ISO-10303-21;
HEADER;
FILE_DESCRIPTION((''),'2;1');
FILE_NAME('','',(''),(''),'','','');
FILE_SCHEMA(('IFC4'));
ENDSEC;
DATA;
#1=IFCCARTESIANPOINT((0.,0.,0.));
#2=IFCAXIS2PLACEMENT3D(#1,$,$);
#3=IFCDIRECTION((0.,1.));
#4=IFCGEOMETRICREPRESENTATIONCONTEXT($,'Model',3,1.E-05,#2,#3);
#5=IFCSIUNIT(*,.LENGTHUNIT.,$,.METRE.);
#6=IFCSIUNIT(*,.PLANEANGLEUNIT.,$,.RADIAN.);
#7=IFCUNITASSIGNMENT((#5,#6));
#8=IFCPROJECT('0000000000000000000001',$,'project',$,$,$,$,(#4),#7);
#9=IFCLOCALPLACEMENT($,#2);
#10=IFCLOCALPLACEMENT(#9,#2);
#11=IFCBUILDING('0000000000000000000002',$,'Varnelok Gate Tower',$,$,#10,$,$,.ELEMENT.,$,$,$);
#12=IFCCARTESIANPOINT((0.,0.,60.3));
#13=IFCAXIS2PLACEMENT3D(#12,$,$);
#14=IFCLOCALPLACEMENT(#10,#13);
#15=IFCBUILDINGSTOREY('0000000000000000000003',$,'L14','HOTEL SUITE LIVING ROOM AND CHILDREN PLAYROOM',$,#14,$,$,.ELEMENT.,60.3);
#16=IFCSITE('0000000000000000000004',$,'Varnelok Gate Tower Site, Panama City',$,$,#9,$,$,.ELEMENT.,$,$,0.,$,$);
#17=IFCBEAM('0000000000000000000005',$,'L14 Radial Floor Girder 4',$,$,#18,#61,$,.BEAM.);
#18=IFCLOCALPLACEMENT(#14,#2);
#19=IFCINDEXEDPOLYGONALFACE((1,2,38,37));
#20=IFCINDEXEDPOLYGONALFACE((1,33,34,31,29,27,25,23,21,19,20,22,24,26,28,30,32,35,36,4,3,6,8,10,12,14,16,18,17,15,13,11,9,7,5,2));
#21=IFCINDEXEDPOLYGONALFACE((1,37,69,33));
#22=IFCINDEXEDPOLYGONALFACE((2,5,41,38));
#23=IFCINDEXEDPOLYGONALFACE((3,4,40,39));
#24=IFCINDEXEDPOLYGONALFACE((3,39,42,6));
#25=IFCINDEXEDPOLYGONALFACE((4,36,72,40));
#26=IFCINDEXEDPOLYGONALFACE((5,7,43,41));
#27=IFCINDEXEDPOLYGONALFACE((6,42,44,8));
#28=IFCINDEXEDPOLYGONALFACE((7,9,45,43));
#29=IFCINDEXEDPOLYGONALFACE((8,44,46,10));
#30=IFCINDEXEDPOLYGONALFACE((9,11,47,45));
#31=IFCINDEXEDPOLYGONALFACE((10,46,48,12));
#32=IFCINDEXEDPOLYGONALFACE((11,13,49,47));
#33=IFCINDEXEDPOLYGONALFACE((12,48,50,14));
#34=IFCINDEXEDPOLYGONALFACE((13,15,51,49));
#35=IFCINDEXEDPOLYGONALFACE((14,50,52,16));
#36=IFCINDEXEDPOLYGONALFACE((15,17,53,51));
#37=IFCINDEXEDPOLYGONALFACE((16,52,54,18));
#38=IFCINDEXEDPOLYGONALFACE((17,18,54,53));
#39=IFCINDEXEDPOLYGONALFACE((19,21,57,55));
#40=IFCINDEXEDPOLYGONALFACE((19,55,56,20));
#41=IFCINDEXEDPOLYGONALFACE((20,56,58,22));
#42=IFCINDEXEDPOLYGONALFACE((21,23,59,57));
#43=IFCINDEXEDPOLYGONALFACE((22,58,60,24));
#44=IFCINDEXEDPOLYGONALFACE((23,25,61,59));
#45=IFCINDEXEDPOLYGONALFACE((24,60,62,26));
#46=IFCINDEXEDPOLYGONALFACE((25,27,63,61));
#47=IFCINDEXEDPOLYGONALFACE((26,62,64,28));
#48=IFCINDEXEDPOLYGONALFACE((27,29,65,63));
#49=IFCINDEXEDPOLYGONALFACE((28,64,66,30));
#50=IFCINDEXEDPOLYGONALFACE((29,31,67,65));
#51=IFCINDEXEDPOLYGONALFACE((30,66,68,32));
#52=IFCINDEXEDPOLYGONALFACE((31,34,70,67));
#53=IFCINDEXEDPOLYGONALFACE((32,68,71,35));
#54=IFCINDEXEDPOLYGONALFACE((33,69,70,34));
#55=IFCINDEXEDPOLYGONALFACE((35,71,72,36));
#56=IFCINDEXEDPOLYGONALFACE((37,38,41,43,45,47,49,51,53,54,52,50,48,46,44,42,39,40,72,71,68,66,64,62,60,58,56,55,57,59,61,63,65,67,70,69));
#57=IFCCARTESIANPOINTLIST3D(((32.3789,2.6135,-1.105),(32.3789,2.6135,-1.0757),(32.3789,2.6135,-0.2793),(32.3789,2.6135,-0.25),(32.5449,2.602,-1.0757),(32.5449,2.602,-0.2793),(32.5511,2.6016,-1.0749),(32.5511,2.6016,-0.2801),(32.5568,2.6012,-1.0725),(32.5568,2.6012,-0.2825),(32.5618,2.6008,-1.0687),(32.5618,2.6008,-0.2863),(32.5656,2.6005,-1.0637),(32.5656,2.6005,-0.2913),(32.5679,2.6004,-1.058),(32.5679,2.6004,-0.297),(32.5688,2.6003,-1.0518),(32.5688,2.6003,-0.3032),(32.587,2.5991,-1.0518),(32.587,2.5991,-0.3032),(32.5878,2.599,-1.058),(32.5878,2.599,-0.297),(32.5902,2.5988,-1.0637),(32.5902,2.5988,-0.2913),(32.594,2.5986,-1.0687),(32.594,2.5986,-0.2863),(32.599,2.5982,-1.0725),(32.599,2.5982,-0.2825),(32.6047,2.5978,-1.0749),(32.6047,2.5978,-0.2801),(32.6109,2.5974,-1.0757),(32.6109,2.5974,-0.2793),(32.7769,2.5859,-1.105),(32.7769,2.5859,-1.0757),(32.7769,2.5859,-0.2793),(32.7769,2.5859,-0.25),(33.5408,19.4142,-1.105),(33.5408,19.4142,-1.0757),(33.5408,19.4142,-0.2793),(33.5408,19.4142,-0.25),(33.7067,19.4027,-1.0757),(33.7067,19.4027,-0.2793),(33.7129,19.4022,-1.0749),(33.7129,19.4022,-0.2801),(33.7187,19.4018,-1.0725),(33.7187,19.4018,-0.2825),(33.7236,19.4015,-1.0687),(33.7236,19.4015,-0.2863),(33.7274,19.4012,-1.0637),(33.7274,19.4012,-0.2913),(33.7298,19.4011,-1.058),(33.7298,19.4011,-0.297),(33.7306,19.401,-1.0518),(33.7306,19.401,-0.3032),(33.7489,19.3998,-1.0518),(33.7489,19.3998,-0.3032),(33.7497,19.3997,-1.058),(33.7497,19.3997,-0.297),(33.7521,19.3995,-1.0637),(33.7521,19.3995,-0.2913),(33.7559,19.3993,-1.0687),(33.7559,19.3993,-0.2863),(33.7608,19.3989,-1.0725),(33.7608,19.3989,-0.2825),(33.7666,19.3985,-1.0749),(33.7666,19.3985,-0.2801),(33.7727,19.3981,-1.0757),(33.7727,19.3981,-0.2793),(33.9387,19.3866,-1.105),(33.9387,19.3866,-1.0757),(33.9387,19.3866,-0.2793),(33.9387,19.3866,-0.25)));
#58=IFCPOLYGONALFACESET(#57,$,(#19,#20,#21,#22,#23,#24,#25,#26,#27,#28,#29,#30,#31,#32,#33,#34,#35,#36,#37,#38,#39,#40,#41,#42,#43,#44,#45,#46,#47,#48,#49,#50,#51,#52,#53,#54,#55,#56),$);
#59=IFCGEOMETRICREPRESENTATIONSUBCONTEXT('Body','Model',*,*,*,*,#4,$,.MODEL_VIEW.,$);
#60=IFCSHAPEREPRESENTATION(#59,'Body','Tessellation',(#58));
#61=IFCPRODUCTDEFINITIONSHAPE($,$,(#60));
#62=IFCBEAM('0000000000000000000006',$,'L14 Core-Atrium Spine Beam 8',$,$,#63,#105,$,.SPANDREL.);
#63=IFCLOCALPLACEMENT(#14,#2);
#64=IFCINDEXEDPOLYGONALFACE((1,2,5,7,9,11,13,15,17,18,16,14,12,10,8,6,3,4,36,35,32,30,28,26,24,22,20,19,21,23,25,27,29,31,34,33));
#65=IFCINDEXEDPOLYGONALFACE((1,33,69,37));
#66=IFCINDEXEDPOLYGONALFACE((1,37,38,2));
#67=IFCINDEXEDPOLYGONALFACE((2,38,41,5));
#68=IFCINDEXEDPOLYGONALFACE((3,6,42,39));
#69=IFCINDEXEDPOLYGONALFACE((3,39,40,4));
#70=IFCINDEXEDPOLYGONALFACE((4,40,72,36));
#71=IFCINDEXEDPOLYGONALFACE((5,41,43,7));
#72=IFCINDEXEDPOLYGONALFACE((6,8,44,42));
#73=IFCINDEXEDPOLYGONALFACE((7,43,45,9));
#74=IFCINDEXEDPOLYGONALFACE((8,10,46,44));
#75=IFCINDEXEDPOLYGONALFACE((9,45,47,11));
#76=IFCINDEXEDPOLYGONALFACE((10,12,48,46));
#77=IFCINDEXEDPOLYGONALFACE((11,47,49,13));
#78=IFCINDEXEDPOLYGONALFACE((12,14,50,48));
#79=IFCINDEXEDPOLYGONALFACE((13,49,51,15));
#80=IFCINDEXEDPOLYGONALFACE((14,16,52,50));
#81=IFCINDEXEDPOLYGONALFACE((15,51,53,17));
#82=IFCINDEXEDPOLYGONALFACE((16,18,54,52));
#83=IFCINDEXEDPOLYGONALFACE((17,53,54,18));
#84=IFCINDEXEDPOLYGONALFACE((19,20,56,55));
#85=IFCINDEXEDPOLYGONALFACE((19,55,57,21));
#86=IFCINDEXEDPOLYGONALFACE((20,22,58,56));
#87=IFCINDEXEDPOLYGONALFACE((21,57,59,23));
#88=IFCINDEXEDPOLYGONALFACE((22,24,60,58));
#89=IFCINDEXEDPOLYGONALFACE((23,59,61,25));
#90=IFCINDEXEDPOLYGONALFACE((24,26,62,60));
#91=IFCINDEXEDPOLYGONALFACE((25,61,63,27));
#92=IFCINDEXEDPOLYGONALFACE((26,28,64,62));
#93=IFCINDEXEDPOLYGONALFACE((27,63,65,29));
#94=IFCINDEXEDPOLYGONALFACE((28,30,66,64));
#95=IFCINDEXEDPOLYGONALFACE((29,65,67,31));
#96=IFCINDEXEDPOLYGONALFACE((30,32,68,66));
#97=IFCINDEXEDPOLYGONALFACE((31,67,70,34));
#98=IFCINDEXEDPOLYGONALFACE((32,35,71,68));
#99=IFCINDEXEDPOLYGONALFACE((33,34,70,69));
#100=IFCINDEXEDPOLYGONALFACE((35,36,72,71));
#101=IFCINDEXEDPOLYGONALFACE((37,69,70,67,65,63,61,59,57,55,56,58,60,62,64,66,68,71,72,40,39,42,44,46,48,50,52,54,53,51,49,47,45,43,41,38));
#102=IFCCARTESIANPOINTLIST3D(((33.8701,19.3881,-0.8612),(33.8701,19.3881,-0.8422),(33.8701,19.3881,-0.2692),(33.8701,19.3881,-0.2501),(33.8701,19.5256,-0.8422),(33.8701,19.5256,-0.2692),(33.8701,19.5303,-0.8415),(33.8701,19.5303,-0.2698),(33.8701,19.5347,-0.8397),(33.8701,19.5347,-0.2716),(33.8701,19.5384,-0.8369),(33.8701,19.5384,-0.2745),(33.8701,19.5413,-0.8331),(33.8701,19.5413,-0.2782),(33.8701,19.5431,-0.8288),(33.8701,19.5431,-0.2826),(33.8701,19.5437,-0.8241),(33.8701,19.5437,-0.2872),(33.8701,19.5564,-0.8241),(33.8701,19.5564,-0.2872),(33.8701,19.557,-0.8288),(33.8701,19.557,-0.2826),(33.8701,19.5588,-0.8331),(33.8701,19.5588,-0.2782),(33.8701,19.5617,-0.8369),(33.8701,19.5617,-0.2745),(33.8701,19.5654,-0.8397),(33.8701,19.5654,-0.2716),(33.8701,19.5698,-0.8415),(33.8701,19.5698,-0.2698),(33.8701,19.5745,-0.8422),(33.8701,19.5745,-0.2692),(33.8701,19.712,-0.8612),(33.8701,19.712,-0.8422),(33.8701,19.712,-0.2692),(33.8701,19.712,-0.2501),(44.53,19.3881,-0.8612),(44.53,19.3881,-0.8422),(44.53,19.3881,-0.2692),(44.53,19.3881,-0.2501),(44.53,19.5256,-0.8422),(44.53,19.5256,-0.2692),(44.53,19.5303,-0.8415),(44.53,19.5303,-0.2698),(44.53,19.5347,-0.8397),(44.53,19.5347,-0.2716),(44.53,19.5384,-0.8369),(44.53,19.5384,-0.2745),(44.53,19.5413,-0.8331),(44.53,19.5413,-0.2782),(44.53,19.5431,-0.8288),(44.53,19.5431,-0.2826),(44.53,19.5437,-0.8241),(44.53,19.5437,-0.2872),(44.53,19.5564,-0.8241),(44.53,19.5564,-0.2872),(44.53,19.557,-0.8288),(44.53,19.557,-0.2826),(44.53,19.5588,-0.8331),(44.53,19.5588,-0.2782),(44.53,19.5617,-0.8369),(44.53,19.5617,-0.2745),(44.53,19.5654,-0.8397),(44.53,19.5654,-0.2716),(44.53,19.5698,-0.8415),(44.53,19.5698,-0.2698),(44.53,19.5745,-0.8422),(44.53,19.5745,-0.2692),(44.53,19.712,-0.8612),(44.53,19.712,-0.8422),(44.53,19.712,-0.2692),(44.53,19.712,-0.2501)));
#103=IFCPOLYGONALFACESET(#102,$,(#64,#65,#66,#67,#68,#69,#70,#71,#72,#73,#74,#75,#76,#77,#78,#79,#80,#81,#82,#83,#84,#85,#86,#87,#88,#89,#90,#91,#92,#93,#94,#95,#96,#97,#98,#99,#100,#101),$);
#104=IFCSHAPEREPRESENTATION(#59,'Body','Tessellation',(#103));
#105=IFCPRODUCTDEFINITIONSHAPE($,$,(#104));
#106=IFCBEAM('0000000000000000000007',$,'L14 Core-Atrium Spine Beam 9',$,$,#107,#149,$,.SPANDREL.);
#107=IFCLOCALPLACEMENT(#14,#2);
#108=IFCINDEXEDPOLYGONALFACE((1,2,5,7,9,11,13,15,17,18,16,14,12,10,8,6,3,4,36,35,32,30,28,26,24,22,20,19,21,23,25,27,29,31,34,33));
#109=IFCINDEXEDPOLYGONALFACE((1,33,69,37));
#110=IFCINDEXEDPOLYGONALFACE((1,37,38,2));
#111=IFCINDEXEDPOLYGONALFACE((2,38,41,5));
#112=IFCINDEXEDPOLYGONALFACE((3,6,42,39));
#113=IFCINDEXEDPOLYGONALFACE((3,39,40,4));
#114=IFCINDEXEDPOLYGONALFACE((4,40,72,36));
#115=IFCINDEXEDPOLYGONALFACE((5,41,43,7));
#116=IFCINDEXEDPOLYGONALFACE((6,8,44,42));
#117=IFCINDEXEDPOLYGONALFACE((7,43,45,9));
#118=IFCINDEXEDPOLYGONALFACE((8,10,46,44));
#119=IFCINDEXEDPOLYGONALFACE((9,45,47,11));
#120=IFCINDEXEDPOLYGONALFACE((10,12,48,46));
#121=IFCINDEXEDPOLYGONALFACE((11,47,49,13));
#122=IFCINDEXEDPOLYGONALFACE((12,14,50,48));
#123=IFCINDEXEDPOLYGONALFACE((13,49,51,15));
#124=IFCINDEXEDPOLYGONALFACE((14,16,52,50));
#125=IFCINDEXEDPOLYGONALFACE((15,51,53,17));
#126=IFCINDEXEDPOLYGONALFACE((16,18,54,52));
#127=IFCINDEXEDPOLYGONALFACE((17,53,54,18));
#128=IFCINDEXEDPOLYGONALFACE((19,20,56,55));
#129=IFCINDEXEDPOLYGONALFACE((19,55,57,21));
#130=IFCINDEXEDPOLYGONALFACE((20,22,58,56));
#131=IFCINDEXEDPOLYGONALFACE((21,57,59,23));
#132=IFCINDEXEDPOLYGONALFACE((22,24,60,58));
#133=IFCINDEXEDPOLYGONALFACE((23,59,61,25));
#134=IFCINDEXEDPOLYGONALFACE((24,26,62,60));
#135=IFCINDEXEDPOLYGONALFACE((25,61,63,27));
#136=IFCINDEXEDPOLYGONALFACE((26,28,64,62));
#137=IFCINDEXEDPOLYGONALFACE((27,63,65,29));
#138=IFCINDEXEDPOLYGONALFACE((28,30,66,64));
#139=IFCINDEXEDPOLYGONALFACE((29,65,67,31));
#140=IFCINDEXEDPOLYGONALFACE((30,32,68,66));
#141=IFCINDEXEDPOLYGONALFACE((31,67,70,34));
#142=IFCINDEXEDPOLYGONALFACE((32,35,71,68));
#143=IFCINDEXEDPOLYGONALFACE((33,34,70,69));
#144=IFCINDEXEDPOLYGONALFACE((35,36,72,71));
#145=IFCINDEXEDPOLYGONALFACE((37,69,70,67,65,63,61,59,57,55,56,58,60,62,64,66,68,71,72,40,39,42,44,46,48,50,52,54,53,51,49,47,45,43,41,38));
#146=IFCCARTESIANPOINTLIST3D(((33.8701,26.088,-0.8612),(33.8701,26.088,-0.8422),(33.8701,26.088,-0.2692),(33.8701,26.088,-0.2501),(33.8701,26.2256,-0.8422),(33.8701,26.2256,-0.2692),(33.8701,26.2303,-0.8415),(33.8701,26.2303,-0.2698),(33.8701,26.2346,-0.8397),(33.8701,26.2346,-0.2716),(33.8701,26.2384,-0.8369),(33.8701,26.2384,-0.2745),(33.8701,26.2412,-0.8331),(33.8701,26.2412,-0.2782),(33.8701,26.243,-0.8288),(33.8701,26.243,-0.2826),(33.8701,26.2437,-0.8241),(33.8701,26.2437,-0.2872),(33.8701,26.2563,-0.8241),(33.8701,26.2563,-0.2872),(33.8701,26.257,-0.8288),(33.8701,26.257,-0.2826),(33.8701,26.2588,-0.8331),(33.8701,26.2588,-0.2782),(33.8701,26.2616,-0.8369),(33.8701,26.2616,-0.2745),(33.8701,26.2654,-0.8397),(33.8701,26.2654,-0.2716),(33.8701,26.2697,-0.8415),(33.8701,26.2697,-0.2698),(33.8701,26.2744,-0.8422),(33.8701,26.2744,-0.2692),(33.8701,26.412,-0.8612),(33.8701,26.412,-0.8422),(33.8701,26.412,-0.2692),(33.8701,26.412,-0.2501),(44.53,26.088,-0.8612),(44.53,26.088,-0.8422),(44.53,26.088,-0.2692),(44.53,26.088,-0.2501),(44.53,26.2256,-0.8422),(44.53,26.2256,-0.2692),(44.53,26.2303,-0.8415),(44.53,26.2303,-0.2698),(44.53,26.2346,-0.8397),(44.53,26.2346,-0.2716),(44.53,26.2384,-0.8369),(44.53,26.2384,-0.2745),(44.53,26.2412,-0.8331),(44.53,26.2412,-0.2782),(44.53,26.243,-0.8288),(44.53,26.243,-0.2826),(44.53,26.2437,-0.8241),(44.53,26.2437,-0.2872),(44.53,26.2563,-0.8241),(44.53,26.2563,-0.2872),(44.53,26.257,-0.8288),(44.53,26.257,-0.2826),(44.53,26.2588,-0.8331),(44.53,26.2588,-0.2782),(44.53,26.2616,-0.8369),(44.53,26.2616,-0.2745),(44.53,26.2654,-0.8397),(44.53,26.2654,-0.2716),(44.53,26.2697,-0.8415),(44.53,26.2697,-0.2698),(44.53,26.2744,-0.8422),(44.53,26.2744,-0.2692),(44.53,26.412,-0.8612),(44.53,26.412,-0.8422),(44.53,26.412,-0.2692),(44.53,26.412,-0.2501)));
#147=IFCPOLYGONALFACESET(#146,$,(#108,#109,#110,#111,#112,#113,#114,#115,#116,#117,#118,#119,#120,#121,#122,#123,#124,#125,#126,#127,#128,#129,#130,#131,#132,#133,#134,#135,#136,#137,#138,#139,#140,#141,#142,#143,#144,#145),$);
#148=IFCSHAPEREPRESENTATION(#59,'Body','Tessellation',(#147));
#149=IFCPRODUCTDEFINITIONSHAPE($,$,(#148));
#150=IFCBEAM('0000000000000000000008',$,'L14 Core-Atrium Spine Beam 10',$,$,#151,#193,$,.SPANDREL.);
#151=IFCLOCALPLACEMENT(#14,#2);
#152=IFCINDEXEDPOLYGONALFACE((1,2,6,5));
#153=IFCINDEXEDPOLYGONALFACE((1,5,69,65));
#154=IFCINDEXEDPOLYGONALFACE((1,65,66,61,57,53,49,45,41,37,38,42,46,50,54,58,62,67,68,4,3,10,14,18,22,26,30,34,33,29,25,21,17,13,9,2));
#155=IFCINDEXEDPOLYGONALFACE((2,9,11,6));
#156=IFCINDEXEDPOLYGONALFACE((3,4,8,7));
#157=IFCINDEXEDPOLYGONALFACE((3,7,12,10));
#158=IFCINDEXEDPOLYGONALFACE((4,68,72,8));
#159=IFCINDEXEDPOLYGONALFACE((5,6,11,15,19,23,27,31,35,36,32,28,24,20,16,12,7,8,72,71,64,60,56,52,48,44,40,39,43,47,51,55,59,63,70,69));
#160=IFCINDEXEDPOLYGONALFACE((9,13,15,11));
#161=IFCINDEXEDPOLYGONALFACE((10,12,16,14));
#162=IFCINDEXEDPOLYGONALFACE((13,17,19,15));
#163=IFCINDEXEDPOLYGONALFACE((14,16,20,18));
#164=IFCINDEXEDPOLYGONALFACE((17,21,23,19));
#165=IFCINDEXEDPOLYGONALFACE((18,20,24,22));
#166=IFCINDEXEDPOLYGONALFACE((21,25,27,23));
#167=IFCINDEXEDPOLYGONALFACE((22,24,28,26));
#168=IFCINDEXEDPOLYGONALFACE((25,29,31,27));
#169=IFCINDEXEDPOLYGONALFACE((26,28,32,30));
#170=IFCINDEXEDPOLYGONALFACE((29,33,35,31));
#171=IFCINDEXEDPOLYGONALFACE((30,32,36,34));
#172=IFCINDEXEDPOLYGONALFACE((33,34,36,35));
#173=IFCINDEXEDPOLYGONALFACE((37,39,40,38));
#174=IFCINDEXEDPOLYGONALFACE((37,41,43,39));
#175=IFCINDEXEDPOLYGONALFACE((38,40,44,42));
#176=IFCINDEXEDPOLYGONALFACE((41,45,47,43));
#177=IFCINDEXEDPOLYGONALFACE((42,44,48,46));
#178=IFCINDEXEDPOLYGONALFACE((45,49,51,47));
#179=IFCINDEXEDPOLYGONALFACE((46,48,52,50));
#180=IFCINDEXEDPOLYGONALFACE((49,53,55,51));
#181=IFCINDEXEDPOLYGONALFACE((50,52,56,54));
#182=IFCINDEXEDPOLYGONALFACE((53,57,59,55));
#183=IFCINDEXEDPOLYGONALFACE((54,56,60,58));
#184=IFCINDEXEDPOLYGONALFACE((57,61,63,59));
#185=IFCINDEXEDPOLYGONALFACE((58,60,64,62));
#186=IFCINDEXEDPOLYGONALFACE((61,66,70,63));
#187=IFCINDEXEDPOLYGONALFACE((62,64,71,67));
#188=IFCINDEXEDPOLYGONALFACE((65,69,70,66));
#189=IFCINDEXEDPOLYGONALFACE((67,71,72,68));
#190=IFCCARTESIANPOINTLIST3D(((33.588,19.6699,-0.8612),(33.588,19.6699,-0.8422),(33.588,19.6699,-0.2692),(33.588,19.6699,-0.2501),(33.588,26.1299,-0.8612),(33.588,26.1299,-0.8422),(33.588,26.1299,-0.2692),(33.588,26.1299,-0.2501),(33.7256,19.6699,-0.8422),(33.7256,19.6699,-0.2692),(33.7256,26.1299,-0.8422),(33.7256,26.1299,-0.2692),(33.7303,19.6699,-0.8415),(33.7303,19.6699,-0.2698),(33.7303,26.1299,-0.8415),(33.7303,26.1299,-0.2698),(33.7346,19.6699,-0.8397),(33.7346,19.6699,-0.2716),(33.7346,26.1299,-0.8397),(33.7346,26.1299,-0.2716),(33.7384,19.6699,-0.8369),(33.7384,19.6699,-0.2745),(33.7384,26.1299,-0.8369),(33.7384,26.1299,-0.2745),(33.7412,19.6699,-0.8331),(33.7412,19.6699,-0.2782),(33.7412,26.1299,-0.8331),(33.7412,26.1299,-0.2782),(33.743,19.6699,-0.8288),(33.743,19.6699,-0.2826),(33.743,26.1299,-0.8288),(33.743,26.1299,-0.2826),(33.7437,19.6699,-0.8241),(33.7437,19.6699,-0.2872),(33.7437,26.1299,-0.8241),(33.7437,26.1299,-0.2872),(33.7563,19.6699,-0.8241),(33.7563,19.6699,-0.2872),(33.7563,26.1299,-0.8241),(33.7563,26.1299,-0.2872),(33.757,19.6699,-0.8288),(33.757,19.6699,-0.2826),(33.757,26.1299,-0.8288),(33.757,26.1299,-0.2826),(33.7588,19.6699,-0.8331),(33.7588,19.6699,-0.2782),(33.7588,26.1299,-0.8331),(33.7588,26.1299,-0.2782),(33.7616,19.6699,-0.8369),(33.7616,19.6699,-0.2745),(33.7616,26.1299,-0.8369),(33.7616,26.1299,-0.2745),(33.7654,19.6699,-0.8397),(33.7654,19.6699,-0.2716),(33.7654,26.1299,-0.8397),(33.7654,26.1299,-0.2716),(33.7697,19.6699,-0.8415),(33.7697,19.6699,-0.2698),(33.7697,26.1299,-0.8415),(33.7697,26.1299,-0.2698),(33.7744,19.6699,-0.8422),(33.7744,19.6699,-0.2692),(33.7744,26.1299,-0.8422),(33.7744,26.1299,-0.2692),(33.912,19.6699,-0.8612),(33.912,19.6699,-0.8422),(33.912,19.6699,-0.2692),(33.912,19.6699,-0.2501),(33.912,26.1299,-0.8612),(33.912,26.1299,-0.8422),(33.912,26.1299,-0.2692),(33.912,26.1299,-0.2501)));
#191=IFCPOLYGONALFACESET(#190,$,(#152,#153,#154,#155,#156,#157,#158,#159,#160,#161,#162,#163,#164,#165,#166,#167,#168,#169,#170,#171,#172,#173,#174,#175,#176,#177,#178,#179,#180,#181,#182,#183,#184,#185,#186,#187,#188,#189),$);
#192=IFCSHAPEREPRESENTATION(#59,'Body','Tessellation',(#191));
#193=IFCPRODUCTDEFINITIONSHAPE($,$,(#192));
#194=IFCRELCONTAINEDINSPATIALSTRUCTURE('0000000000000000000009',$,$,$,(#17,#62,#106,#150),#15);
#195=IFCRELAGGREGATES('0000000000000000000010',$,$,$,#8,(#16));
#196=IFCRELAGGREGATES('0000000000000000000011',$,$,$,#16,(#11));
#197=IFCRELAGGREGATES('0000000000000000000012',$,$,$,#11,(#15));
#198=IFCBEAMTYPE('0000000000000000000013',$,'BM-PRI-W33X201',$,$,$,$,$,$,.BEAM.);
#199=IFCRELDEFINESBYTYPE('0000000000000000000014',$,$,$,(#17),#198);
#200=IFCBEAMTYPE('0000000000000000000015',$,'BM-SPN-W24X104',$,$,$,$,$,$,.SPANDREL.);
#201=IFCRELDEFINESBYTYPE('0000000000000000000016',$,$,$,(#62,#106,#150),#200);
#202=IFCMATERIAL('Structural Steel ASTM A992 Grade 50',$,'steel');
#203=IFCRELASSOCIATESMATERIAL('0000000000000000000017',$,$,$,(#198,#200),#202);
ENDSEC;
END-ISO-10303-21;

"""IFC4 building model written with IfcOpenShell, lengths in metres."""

from ifc_helpers import new_model, si_unit, direction, frame, origin, origin_2d, place, context, subcontext, project, spatial, i_section, extrude, material, material_profile, profile_set, type_object, element, save


model = new_model("IFC4")

# Units and contexts
model_context = context("Model", 3, precision=1e-05, world=origin(), true_north=direction((0.0, 1.0)))
body_context = subcontext(model_context, "Body", "Model", "MODEL_VIEW")
ifc_project = project(units=[si_unit("LENGTHUNIT", "METRE"), si_unit("PLANEANGLEUNIT", "RADIAN")], contexts=[model_context])

# Site, building, storey
site_placement = place(None, origin())
site = spatial("IfcSite", under=ifc_project, at=site_placement, Name="Varnelok Gate Tower Site, Panama City", CompositionType="ELEMENT", RefElevation=0.0)
building_placement = place(site_placement, origin())
building = spatial("IfcBuilding", under=site, at=building_placement, Name="Varnelok Gate Tower", CompositionType="ELEMENT")
storey_placement = place(building_placement, frame((0.0, 0.0, 60.3)))
storey = spatial("IfcBuildingStorey", under=building, at=storey_placement, Name="L14", Description="HOTEL SUITE LIVING ROOM AND CHILDREN PLAYROOM", CompositionType="ELEMENT", Elevation=60.3)

# Shared definitions
ifc_material_1 = material(Name="Structural Steel ASTM A992 Grade 50", Category="steel")

# Beams
ifc_material_profile_1 = material_profile(ifc_material_1, i_section(OverallWidth=0.3989, OverallDepth=0.855, WebThickness=0.0183, FlangeThickness=0.0293, FilletRadius=0.0239, at=origin_2d()), Name="W33X201")
ifc_profile_set_1 = profile_set([ifc_material_profile_1], Name="Structural Steel ASTM A992 Grade 50")
beam_type_1 = type_object("IfcBeamType", Name="BM-PRI-W33X201", PredefinedType="BEAM", material=ifc_profile_set_1)
beam_1_placement = place(storey_placement, frame((33.7397, 19.4004, -0.6775), z_axis=(-0.068991, -0.997617, 0.0), x_axis=(0.997617, -0.068991, 0.0)))
element("IfcBeam", 1, at=beam_1_placement, inside=storey, type_object=beam_type_1, Name="L14 Radial Floor Girder 4", PredefinedType="BEAM", context=body_context, shape_type="SweptSolid", body=[
    extrude(i_section(OverallWidth=0.3989, OverallDepth=0.855, WebThickness=0.0183, FlangeThickness=0.0293, FilletRadius=0.0239, at=origin_2d()), origin(), (0.0, 0.0, 1.0), 16.8408),
])
ifc_material_profile_2 = material_profile(ifc_material_1, i_section(OverallWidth=0.324, OverallDepth=0.6111, WebThickness=0.0127, FlangeThickness=0.019, FilletRadius=0.0181, at=origin_2d()), Name="W24X104")
ifc_profile_set_2 = profile_set([ifc_material_profile_2], Name="Structural Steel ASTM A992 Grade 50")
beam_type_2 = type_object("IfcBeamType", Name="BM-SPN-W24X104", PredefinedType="SPANDREL", material=ifc_profile_set_2)
for number, where, z_axis, x_axis, name in (
    (2, (33.8701, 19.55, -0.5557), (1.0, 0.0, 0.0), (0.0, 1.0, 0.0), "L14 Core-Atrium Spine Beam 8"),
    (3, (33.8701, 26.25, -0.5557), (1.0, 0.0, 0.0), (0.0, 1.0, 0.0), "L14 Core-Atrium Spine Beam 9"),
):
    element("IfcBeam", number, at=place(storey_placement, frame(where, z_axis=z_axis, x_axis=x_axis)), inside=storey, type_object=beam_type_2, Name=name, PredefinedType="SPANDREL", context=body_context, shape_type="SweptSolid", body=[
        extrude(i_section(OverallWidth=0.324, OverallDepth=0.6111, WebThickness=0.0127, FlangeThickness=0.019, FilletRadius=0.0181, at=origin_2d()), origin(), (0.0, 0.0, 1.0), 10.6599),
    ])
beam_2_placement = place(storey_placement, frame((33.75, 19.6699, -0.5557), z_axis=(0.0, 1.0, 0.0), x_axis=(-1.0, 0.0, 0.0)))
element("IfcBeam", 4, at=beam_2_placement, inside=storey, type_object=beam_type_2, Name="L14 Core-Atrium Spine Beam 10", PredefinedType="SPANDREL", context=body_context, shape_type="SweptSolid", body=[
    extrude(i_section(OverallWidth=0.324, OverallDepth=0.6111, WebThickness=0.0127, FlangeThickness=0.019, FilletRadius=0.0181, at=origin_2d()), origin(), (0.0, 0.0, 1.0), 6.46),
])

save(model, "model.ifc")
